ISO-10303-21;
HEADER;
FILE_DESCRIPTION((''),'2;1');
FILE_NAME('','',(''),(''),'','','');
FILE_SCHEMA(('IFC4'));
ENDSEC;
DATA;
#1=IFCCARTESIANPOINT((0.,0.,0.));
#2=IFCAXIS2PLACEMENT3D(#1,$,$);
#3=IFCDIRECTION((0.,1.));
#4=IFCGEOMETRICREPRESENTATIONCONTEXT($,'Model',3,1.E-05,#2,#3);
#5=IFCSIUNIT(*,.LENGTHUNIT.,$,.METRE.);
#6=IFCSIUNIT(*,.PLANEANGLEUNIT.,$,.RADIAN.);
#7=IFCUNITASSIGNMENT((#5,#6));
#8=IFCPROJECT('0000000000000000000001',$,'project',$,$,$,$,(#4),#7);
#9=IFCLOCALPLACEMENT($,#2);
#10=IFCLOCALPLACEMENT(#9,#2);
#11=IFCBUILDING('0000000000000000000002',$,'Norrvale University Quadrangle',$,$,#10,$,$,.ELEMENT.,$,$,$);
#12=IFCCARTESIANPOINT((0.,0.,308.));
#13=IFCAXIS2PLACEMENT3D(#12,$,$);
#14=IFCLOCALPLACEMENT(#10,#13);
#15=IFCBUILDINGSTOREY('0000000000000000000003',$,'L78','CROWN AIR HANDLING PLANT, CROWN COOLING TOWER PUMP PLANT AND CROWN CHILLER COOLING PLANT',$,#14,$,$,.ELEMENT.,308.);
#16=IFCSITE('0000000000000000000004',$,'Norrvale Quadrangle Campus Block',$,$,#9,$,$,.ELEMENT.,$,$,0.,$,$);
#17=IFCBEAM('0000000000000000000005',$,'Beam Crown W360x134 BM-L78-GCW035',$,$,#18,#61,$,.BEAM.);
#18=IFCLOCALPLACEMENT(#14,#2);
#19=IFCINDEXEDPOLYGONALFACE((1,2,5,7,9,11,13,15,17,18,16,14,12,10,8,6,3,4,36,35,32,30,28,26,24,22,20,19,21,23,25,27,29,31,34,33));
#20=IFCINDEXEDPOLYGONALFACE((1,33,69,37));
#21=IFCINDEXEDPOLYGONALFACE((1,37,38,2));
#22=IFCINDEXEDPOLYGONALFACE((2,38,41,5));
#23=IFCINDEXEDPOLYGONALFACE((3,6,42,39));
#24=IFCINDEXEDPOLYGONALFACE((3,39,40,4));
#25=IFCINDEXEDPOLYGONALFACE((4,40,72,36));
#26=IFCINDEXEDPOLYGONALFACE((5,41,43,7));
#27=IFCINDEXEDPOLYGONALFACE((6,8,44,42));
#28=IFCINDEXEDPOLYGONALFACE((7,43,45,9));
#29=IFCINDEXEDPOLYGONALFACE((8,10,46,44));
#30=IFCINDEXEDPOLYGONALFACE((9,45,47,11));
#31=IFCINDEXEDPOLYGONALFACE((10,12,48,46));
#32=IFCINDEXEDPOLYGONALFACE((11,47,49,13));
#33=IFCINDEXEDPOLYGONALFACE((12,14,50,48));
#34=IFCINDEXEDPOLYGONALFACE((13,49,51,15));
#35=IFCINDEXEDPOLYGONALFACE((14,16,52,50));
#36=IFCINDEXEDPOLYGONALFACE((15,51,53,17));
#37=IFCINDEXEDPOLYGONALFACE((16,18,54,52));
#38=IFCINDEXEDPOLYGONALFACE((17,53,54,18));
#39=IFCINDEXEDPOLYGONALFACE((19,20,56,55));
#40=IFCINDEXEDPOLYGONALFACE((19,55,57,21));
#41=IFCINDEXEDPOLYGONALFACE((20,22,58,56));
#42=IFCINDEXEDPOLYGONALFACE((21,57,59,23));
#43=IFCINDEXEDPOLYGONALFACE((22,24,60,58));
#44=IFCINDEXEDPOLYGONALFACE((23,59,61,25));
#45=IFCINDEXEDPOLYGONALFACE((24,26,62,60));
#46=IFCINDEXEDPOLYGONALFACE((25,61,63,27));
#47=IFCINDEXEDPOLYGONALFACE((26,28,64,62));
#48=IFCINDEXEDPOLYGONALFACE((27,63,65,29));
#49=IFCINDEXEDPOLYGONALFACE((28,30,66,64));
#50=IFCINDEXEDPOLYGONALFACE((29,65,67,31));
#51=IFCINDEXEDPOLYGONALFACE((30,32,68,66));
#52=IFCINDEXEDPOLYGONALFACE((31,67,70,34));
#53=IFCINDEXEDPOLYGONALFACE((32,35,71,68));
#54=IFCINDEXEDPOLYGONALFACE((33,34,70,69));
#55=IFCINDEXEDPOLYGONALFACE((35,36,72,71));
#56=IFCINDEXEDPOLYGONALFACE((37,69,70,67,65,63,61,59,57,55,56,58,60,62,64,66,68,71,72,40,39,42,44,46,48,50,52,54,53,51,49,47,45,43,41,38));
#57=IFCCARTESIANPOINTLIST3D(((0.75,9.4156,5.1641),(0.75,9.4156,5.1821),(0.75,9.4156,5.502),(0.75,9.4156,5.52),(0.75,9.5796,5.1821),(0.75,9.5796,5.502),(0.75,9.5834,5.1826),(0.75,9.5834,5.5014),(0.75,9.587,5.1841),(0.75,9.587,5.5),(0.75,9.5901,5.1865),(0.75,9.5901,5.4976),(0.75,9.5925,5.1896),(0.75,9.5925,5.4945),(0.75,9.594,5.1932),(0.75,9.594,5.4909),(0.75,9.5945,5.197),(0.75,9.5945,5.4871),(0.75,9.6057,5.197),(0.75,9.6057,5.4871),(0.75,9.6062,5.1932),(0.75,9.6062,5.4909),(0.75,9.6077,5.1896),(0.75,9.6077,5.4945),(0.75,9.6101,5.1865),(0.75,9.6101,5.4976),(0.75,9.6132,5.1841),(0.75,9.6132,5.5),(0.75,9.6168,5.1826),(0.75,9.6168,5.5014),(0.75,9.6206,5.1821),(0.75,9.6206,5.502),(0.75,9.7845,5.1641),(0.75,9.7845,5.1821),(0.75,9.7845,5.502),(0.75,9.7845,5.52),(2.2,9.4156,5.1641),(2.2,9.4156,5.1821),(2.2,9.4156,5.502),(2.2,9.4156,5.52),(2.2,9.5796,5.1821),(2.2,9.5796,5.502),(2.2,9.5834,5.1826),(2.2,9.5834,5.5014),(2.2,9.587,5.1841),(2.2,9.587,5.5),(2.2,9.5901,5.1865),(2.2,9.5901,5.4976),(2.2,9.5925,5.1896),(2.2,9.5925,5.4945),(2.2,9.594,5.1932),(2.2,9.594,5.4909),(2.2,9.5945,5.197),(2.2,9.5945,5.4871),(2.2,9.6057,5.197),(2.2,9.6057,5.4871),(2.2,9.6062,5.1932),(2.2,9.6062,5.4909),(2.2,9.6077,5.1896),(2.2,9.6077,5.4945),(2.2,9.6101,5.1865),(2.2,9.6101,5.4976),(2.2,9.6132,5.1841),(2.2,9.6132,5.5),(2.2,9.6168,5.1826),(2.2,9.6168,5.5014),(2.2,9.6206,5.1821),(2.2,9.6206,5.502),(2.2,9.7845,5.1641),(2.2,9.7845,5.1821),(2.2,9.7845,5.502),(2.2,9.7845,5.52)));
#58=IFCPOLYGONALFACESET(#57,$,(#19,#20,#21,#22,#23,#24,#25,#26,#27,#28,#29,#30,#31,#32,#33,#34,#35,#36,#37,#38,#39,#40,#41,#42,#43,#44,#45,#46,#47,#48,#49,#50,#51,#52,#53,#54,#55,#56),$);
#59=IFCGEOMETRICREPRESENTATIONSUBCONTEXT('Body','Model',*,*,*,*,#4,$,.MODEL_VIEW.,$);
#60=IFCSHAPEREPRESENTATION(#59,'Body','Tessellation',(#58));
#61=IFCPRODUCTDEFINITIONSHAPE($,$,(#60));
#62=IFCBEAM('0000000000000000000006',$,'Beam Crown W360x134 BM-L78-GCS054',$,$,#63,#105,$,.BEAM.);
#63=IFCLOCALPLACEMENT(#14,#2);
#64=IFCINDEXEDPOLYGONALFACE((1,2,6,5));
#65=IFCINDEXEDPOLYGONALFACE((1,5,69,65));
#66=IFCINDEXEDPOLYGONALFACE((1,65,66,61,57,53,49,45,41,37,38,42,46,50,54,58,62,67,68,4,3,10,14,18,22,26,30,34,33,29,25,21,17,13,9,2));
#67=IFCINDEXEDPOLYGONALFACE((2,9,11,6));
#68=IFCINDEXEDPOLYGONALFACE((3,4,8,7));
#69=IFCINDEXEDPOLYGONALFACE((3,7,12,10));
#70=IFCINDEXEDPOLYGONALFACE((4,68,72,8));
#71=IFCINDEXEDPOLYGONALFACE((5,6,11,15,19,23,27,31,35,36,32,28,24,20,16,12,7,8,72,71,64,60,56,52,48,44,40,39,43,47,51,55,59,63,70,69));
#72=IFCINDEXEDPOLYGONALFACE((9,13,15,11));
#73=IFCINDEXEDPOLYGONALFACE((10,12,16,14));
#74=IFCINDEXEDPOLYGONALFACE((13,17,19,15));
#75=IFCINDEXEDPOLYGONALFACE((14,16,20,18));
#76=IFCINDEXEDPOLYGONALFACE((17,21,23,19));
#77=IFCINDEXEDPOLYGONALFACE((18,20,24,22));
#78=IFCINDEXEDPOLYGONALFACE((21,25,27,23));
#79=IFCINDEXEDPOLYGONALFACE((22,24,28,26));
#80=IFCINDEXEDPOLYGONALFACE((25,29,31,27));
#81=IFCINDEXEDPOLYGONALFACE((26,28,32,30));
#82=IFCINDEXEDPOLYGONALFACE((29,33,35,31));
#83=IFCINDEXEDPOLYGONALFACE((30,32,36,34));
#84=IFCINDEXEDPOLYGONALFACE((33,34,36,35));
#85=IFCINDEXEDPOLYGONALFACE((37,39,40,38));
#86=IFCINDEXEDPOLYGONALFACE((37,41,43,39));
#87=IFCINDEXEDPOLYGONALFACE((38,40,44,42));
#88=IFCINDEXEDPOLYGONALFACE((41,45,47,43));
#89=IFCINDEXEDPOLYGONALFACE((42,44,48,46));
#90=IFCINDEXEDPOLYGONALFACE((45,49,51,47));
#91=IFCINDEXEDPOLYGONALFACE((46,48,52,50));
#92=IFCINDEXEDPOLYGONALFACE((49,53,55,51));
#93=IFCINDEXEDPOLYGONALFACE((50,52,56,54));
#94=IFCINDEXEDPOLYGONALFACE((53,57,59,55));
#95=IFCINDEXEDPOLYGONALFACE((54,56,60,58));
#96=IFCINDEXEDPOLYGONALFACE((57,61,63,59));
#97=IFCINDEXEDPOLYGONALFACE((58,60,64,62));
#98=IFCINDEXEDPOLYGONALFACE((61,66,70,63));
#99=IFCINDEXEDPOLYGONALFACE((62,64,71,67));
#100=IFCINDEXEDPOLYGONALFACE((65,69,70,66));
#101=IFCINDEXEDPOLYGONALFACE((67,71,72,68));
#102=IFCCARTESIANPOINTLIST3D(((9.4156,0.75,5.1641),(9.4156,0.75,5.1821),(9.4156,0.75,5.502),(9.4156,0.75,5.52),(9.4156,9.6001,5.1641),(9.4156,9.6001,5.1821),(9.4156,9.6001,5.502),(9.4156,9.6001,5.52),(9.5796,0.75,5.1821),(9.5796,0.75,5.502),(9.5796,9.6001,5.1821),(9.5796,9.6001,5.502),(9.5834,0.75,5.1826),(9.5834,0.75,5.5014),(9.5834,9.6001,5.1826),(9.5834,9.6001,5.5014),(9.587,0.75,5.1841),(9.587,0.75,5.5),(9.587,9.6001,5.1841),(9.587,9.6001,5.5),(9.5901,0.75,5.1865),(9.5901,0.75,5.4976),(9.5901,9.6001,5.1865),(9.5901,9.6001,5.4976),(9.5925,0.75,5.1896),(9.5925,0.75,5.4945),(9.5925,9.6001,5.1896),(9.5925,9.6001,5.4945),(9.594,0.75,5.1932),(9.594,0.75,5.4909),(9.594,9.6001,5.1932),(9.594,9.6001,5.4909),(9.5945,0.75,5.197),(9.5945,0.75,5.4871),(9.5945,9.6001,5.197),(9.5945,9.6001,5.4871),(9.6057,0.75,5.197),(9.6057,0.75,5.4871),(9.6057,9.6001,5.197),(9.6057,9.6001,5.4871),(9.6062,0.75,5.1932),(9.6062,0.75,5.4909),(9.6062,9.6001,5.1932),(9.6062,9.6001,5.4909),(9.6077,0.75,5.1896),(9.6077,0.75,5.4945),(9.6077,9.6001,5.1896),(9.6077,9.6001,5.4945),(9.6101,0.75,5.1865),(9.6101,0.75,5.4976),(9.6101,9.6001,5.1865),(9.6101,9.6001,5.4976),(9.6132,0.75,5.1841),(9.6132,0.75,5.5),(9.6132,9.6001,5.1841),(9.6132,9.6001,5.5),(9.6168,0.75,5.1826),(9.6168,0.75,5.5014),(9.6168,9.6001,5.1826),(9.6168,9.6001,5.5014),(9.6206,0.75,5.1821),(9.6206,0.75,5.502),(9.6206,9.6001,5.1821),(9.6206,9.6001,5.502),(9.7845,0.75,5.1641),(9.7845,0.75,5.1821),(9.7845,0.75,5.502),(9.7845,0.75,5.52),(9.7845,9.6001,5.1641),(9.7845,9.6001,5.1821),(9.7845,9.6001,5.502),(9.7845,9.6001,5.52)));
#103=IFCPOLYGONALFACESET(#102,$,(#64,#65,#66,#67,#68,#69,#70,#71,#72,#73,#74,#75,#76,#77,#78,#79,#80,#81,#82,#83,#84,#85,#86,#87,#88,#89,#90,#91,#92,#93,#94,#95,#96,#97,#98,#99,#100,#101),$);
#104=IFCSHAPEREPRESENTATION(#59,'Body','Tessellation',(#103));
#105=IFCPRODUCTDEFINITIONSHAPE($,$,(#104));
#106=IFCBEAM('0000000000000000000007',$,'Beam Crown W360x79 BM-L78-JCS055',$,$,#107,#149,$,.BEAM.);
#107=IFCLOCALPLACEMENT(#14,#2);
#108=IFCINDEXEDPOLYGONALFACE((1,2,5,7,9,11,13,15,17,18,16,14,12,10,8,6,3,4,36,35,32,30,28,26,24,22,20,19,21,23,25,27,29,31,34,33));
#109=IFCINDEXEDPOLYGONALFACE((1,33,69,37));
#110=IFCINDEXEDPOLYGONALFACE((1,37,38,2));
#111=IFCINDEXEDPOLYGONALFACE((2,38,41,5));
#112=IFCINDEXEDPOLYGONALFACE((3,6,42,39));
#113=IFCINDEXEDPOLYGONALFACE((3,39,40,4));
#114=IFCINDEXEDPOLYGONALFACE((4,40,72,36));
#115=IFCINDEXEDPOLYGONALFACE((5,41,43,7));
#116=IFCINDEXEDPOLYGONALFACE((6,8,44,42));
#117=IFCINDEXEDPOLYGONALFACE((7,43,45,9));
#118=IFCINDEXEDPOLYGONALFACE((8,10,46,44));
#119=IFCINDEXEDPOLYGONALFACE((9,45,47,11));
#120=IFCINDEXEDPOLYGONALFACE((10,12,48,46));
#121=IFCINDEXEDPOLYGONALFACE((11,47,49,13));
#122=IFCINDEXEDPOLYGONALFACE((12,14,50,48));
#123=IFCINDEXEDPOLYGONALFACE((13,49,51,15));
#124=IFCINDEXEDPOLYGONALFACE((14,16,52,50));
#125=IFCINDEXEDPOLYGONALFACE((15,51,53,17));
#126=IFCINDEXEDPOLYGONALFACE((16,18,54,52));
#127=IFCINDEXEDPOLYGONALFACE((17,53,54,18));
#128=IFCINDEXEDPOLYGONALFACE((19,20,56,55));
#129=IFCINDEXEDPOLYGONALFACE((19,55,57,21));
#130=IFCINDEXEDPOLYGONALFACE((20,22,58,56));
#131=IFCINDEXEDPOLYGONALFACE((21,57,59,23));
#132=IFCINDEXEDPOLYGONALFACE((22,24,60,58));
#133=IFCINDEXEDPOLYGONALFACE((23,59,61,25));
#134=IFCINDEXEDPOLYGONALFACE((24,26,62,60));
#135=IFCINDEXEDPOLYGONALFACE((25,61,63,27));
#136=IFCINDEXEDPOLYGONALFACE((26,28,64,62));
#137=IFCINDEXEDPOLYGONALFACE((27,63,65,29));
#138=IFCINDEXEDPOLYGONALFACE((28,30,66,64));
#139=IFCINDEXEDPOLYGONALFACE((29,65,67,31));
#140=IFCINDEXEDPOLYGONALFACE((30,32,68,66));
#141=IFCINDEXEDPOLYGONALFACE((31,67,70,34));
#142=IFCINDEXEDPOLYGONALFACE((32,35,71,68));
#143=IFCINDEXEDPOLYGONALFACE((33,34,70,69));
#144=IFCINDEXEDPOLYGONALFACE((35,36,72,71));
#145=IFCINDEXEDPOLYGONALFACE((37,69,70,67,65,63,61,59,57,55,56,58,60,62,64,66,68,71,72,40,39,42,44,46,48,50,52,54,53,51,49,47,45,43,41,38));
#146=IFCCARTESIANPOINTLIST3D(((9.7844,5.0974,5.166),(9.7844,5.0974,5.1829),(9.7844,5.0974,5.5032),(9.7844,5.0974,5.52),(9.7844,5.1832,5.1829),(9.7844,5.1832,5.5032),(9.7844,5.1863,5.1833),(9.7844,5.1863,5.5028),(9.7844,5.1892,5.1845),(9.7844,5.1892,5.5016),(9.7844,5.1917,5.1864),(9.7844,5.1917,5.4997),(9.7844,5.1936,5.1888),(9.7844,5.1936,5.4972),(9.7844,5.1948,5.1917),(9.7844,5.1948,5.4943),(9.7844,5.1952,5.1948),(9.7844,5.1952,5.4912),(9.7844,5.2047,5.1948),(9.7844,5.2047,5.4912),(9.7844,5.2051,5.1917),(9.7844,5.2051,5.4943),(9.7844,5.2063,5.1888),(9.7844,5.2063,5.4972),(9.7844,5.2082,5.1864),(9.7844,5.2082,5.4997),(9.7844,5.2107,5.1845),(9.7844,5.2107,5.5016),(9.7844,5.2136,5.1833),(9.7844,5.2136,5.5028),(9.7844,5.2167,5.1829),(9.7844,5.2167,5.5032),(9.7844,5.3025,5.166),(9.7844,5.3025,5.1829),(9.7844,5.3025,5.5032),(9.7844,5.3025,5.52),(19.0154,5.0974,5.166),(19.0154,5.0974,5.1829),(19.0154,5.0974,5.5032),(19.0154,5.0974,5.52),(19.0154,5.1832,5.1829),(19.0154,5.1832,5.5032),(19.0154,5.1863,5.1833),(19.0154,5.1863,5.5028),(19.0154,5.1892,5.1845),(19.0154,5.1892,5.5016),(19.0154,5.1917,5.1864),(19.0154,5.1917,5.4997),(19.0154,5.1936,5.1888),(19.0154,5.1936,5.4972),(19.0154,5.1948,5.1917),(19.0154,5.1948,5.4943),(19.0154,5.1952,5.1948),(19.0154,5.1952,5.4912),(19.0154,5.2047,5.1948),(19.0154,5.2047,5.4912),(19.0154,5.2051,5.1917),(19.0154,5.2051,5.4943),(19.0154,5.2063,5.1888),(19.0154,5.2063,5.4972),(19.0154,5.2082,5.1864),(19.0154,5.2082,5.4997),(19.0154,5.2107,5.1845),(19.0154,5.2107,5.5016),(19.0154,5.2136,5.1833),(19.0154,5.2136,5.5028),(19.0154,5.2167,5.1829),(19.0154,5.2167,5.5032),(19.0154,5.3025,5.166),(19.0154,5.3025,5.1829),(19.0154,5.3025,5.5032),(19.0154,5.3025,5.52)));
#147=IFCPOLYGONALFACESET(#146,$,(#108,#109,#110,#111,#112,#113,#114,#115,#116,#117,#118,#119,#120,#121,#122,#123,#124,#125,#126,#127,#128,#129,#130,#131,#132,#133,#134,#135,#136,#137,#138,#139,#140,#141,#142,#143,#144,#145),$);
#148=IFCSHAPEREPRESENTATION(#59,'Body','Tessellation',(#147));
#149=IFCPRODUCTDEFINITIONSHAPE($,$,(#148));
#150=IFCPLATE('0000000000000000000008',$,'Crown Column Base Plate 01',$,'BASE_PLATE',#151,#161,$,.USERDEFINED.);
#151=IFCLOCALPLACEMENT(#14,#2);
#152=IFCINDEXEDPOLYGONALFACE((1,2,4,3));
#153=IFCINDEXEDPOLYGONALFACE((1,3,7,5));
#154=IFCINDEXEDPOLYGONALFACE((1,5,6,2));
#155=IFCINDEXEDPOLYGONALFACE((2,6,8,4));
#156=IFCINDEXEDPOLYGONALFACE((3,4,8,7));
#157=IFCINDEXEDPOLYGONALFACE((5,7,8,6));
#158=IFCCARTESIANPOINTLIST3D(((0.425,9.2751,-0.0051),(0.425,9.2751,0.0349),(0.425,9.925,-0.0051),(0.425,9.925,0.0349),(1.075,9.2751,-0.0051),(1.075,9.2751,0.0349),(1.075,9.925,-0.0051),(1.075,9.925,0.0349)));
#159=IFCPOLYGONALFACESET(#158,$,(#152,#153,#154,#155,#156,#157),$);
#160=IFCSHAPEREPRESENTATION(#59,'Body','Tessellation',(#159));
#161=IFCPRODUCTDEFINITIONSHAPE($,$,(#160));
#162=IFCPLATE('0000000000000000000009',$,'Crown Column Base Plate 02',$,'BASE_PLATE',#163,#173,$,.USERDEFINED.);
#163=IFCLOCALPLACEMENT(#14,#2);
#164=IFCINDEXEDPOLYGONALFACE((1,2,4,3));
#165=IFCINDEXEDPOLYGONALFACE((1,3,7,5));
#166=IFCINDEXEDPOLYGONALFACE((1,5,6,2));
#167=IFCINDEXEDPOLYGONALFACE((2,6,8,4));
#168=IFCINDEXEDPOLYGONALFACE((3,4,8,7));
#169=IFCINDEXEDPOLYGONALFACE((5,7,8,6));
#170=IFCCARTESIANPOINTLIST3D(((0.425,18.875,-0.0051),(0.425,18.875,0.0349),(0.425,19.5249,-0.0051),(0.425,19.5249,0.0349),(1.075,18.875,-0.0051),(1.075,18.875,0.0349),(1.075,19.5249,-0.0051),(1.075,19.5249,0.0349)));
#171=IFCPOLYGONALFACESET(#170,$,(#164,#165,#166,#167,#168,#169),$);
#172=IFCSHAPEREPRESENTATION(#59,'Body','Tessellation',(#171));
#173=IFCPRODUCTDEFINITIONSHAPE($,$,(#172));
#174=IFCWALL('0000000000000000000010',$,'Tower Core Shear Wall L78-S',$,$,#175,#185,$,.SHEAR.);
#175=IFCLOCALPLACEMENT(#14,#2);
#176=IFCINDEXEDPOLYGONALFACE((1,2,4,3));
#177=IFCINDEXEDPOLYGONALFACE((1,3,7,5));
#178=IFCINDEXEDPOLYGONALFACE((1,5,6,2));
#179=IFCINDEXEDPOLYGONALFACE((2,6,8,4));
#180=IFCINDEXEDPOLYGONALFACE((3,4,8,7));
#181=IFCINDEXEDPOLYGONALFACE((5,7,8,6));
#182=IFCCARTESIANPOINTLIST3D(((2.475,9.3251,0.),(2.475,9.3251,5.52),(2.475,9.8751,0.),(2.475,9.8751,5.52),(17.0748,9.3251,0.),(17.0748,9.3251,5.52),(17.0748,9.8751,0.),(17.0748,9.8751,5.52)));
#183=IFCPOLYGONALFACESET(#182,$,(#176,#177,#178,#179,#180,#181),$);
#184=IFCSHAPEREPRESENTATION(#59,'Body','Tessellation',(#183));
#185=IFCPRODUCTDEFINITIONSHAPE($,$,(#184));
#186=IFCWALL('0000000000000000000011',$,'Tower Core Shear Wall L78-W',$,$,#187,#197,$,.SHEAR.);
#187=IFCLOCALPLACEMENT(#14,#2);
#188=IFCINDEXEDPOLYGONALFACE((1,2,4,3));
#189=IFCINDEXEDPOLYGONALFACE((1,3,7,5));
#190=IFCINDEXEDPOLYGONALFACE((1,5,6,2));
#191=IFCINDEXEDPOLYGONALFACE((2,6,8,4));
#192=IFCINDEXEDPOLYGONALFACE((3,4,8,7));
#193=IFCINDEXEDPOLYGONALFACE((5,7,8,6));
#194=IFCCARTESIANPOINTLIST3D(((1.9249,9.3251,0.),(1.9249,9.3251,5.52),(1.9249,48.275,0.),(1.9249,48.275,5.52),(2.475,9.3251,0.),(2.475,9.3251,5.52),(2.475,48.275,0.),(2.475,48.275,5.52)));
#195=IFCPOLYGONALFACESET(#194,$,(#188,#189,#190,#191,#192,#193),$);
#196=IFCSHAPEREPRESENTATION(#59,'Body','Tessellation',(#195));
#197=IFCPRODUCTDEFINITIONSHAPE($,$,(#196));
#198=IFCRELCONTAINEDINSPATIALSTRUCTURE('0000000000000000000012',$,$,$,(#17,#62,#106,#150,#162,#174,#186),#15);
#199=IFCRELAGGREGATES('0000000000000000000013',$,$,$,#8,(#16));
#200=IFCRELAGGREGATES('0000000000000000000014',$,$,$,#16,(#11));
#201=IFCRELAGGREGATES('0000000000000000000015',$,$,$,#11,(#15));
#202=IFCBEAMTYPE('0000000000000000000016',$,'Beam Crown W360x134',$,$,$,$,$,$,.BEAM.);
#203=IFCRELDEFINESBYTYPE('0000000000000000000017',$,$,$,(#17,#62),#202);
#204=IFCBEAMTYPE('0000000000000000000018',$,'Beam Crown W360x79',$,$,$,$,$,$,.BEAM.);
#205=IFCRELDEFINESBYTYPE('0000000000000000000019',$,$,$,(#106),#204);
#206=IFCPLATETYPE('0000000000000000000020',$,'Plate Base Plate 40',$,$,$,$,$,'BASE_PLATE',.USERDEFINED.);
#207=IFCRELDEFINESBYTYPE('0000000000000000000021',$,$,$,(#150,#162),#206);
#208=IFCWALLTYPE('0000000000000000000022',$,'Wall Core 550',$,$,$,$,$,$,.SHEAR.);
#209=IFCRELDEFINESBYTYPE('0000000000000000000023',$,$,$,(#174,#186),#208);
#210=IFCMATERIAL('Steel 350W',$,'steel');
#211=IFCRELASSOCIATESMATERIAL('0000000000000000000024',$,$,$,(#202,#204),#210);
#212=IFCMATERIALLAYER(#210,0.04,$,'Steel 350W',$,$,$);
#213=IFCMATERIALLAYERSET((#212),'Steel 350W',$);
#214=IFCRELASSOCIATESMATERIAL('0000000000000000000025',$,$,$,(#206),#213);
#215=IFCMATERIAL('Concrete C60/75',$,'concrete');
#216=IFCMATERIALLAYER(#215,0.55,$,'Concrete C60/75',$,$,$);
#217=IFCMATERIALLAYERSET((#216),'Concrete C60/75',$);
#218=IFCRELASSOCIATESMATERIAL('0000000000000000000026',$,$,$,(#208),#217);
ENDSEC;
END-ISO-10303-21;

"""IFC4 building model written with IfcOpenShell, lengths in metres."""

from ifc_helpers import new_model, si_unit, direction, frame, frame_2d, origin, origin_2d, place, context, subcontext, project, spatial, rectangle, i_section, extrude, material, layer, layer_set, material_profile, profile_set, type_object, element, save


model = new_model("IFC4")

# Units and contexts
model_context = context("Model", 3, precision=1e-05, world=origin(), true_north=direction((0.0, 1.0)))
body_context = subcontext(model_context, "Body", "Model", "MODEL_VIEW")
ifc_project = project(units=[si_unit("LENGTHUNIT", "METRE"), si_unit("PLANEANGLEUNIT", "RADIAN")], contexts=[model_context])

# Site, building, storey
site_placement = place(None, origin())
site = spatial("IfcSite", under=ifc_project, at=site_placement, Name="Norrvale Quadrangle Campus Block", CompositionType="ELEMENT", RefElevation=0.0)
building_placement = place(site_placement, origin())
building = spatial("IfcBuilding", under=site, at=building_placement, Name="Norrvale University Quadrangle", CompositionType="ELEMENT")
storey_placement = place(building_placement, frame((0.0, 0.0, 308.0)))
storey = spatial("IfcBuildingStorey", under=building, at=storey_placement, Name="L78", Description="CROWN AIR HANDLING PLANT, CROWN COOLING TOWER PUMP PLANT AND CROWN CHILLER COOLING PLANT", CompositionType="ELEMENT", Elevation=308.0)

# Shared definitions
ifc_material_1 = material(Name="Steel 350W", Category="steel")

# Beams
ifc_material_profile_1 = material_profile(ifc_material_1, i_section(OverallWidth=0.3689, OverallDepth=0.356, WebThickness=0.0112, FlangeThickness=0.0181, FilletRadius=0.0149, at=origin_2d()), Name="Steel 350W")
ifc_profile_set_1 = profile_set([ifc_material_profile_1], Name="Steel 350W")
beam_type_1 = type_object("IfcBeamType", Name="Beam Crown W360x134", PredefinedType="BEAM", material=ifc_profile_set_1)
beam_1_placement = place(storey_placement, frame((0.75, 9.6001, 5.342), z_axis=(1.0, 0.0, 0.0), x_axis=(0.0, 1.0, 0.0)))
element("IfcBeam", 1, at=beam_1_placement, inside=storey, type_object=beam_type_1, Name="Beam Crown W360x134 BM-L78-GCW035", PredefinedType="BEAM", context=body_context, shape_type="SweptSolid", body=[
    extrude(i_section(OverallWidth=0.3689, OverallDepth=0.356, WebThickness=0.0112, FlangeThickness=0.0181, FilletRadius=0.0149, at=origin_2d()), origin(), (0.0, 0.0, 1.0), 1.45),
])
beam_2_placement = place(storey_placement, frame((9.6001, 0.75, 5.342), z_axis=(0.0, 1.0, 0.0), x_axis=(-1.0, 0.0, 0.0)))
element("IfcBeam", 2, at=beam_2_placement, inside=storey, type_object=beam_type_1, Name="Beam Crown W360x134 BM-L78-GCS054", PredefinedType="BEAM", context=body_context, shape_type="SweptSolid", body=[
    extrude(i_section(OverallWidth=0.3689, OverallDepth=0.356, WebThickness=0.0112, FlangeThickness=0.0181, FilletRadius=0.0149, at=origin_2d()), origin(), (0.0, 0.0, 1.0), 8.8501),
])
ifc_material_profile_2 = material_profile(ifc_material_1, i_section(OverallWidth=0.2051, OverallDepth=0.354, WebThickness=0.0095, FlangeThickness=0.0168, FilletRadius=0.012, at=origin_2d()), Name="Steel 350W")
ifc_profile_set_2 = profile_set([ifc_material_profile_2], Name="Steel 350W")
beam_type_2 = type_object("IfcBeamType", Name="Beam Crown W360x79", PredefinedType="BEAM", material=ifc_profile_set_2)
beam_3_placement = place(storey_placement, frame((9.7844, 5.2, 5.343), z_axis=(1.0, 0.0, 0.0), x_axis=(0.0, 1.0, 0.0)))
element("IfcBeam", 3, at=beam_3_placement, inside=storey, type_object=beam_type_2, Name="Beam Crown W360x79 BM-L78-JCS055", PredefinedType="BEAM", context=body_context, shape_type="SweptSolid", body=[
    extrude(i_section(OverallWidth=0.2051, OverallDepth=0.354, WebThickness=0.0095, FlangeThickness=0.0168, FilletRadius=0.012, at=origin_2d()), origin(), (0.0, 0.0, 1.0), 9.231),
])

# Plates
ifc_layer_1 = layer(ifc_material_1, 0.04, Name="Steel 350W")
ifc_layer_set_1 = layer_set([ifc_layer_1], Name="Steel 350W")
plate_type = type_object("IfcPlateType", Name="Plate Base Plate 40", ElementType="BASE_PLATE", PredefinedType="USERDEFINED", material=ifc_layer_set_1)
for number, where, z_axis, x_axis, name in (
    (4, (0.75, 9.6001, -0.0051), (0.0, 0.0, 1.0), (1.0, 0.0, 0.0), "Crown Column Base Plate 01"),
    (5, (0.75, 19.2, -0.0051), (0.0, 0.0, 1.0), (1.0, 0.0, 0.0), "Crown Column Base Plate 02"),
):
    element("IfcPlate", number, at=place(storey_placement, frame(where, z_axis=z_axis, x_axis=x_axis)), inside=storey, type_object=plate_type, Name=name, ObjectType="BASE_PLATE", PredefinedType="USERDEFINED", context=body_context, shape_type="SweptSolid", body=[
        extrude(rectangle(XDim=0.6499, YDim=0.6499, at=origin_2d()), origin(), (0.0, 0.0, 1.0), 0.04),
    ])

# Walls
ifc_material_2 = material(Name="Concrete C60/75", Category="concrete")
ifc_layer_2 = layer(ifc_material_2, 0.55, Name="Concrete C60/75")
ifc_layer_set_2 = layer_set([ifc_layer_2], Name="Concrete C60/75")
wall_type_1 = type_object("IfcWallType", Name="Wall Core 550", PredefinedType="SHEAR", material=ifc_layer_set_2)
wall_1_placement = place(storey_placement, frame((2.4751, 9.6001, 0.0), z_axis=(0.0, 0.0, 1.0), x_axis=(1.0, 0.0, 0.0)))
element("IfcWall", 6, at=wall_1_placement, inside=storey, type_object=wall_type_1, Name="Tower Core Shear Wall L78-S", PredefinedType="SHEAR", context=body_context, shape_type="SweptSolid", body=[
    extrude(rectangle(XDim=14.5999, YDim=0.55, at=frame_2d((7.2998, 0.0))), origin(), (0.0, 0.0, 1.0), 5.52),
])
wall_2_placement = place(storey_placement, frame((2.2, 9.325, 0.0), z_axis=(0.0, 0.0, 1.0), x_axis=(0.0, 1.0, 0.0)))
element("IfcWall", 7, at=wall_2_placement, inside=storey, type_object=wall_type_1, Name="Tower Core Shear Wall L78-W", PredefinedType="SHEAR", context=body_context, shape_type="SweptSolid", body=[
    extrude(rectangle(XDim=38.95, YDim=0.55, at=frame_2d((19.4751, 0.0))), origin(), (0.0, 0.0, 1.0), 5.52),
])

save(model, "model.ifc")
